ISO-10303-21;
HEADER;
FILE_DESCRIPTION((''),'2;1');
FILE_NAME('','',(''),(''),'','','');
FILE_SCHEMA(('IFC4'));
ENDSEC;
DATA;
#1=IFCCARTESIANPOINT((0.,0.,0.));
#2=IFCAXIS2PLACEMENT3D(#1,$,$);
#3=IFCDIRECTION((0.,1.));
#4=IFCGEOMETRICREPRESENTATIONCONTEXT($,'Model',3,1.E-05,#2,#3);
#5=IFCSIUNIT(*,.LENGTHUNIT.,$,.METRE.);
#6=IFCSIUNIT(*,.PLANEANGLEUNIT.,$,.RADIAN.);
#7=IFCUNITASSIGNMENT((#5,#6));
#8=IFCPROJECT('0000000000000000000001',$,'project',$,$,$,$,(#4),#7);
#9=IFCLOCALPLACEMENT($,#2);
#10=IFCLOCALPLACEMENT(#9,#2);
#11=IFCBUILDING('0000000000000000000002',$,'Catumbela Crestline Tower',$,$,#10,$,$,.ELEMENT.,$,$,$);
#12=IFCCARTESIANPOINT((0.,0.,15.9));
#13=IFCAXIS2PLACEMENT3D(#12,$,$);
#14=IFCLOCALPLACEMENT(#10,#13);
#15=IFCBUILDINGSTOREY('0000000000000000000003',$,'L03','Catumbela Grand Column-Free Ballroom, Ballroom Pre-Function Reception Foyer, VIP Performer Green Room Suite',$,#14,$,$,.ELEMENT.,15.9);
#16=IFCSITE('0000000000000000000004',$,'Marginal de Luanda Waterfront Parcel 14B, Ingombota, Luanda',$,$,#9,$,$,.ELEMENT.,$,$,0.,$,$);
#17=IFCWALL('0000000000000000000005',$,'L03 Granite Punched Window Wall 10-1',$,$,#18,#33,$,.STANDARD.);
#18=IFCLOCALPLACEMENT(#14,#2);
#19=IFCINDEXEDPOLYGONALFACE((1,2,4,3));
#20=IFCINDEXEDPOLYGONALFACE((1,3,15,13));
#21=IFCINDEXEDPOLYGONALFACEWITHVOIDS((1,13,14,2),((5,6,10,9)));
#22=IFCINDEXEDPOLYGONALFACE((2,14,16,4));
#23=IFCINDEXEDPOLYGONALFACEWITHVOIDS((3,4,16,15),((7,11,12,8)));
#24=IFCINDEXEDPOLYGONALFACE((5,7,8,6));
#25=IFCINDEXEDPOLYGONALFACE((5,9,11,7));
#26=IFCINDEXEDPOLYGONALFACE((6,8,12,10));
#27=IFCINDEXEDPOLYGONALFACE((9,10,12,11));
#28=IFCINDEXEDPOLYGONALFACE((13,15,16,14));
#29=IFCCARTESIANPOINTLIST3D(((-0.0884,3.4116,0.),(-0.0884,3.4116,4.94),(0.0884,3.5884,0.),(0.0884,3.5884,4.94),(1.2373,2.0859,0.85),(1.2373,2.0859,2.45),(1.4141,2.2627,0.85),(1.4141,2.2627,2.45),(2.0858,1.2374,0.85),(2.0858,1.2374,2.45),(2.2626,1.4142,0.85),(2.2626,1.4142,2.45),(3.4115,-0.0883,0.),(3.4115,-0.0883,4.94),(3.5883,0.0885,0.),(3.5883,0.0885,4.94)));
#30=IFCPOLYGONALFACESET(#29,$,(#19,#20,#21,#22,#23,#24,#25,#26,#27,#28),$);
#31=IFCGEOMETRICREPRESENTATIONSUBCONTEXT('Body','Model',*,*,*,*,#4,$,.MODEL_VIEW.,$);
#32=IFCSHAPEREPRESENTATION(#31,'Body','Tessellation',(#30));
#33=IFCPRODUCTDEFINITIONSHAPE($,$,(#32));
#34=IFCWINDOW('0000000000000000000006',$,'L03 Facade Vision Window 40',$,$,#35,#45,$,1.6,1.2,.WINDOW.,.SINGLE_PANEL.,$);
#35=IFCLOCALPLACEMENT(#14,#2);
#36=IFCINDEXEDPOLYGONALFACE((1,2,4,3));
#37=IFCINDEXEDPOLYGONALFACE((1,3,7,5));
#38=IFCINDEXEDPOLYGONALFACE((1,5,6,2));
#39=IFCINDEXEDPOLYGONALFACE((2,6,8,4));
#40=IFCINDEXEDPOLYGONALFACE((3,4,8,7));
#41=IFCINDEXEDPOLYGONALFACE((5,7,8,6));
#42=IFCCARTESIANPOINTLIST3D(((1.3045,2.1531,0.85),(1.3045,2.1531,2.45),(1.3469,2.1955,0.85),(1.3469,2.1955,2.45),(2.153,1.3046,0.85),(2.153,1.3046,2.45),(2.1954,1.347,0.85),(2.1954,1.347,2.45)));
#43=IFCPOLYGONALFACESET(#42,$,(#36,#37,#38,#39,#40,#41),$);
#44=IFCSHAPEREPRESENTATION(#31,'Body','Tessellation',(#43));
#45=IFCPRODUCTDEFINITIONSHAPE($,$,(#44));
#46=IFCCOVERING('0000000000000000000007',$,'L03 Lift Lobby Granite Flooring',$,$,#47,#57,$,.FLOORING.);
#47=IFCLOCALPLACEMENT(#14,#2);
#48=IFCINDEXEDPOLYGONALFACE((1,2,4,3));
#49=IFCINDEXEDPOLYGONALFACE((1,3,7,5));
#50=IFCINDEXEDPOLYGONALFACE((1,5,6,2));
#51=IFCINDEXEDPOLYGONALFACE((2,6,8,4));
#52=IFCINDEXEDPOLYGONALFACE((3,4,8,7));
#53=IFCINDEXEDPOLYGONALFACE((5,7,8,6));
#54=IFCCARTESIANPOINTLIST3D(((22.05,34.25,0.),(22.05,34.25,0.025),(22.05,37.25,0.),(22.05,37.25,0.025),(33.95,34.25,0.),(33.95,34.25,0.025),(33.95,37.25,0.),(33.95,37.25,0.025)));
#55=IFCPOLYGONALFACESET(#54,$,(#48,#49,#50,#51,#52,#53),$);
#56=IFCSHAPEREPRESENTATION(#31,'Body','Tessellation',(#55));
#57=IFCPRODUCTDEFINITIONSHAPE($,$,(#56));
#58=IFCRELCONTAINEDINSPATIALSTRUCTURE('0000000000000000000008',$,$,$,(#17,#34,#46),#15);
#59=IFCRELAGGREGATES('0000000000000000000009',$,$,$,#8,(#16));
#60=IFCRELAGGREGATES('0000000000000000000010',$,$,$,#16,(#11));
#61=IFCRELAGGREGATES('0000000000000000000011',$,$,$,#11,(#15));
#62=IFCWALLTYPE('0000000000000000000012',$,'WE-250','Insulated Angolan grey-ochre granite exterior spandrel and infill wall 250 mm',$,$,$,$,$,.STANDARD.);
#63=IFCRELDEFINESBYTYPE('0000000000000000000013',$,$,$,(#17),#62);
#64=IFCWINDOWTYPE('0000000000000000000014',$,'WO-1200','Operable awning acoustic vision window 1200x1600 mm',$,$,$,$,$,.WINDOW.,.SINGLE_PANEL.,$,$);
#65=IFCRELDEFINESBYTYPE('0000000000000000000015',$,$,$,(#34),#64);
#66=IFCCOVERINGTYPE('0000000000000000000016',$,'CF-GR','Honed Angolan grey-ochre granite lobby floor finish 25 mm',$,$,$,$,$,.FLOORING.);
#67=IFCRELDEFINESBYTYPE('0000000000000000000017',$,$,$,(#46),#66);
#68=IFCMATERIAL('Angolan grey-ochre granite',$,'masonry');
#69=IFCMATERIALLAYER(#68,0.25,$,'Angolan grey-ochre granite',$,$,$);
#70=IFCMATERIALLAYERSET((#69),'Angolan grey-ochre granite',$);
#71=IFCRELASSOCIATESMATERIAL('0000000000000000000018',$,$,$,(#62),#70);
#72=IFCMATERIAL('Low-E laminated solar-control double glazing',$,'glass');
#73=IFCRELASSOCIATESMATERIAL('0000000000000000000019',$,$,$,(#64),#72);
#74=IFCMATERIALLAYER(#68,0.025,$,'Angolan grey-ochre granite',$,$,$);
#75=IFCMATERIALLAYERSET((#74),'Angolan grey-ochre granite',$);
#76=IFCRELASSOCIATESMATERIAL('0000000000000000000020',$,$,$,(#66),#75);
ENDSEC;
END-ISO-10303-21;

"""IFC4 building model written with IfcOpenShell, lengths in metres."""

from ifc_helpers import new_model, si_unit, direction, frame, frame_2d, origin, place, context, subcontext, project, spatial, polyline, rectangle, outline, extrude, material, layer, layer_set, type_object, element, fill, save


model = new_model("IFC4")

# Units and contexts
model_context = context("Model", 3, precision=1e-05, world=origin(), true_north=direction((0.0, 1.0)))
body_context = subcontext(model_context, "Body", "Model", "MODEL_VIEW")
ifc_project = project(units=[si_unit("LENGTHUNIT", "METRE"), si_unit("PLANEANGLEUNIT", "RADIAN")], contexts=[model_context])

# Site, building, storey
site_placement = place(None, origin())
site = spatial("IfcSite", under=ifc_project, at=site_placement, Name="Marginal de Luanda Waterfront Parcel 14B, Ingombota, Luanda", CompositionType="ELEMENT", RefElevation=0.0)
building_placement = place(site_placement, origin())
building = spatial("IfcBuilding", under=site, at=building_placement, Name="Catumbela Crestline Tower", CompositionType="ELEMENT")
storey_placement = place(building_placement, frame((0.0, 0.0, 15.9)))
storey = spatial("IfcBuildingStorey", under=building, at=storey_placement, Name="L03", Description="Catumbela Grand Column-Free Ballroom, Ballroom Pre-Function Reception Foyer, VIP Performer Green Room Suite", CompositionType="ELEMENT", Elevation=15.9)

# Shared definitions
ifc_material_1 = material(Name="Low-E laminated solar-control double glazing", Category="glass")

# Wall, opening, window
ifc_material_2 = material(Name="Angolan grey-ochre granite", Category="masonry")
ifc_layer_1 = layer(ifc_material_2, 0.25, Name="Angolan grey-ochre granite")
ifc_layer_set_1 = layer_set([ifc_layer_1], Name="Angolan grey-ochre granite")
wall_type = type_object("IfcWallType", Name="WE-250", Description="Insulated Angolan grey-ochre granite exterior spandrel and infill wall 250 mm", PredefinedType="STANDARD", material=ifc_layer_set_1)
window_type = type_object("IfcWindowType", Name="WO-1200", Description="Operable awning acoustic vision window 1200x1600 mm", PartitioningType="SINGLE_PANEL", PredefinedType="WINDOW", material=ifc_material_1)
wall_1_placement = place(storey_placement, frame((0.0, 3.5, 0.0), z_axis=(0.0, 0.0, 1.0), x_axis=(0.707107, -0.707107, 0.0)))
wall_1 = element("IfcWall", 1, at=wall_1_placement, inside=storey, type_object=wall_type, Name="L03 Granite Punched Window Wall 10-1", PredefinedType="STANDARD", context=body_context, shape_type="SweptSolid", body=[
    extrude(rectangle(XDim=4.9497, YDim=0.25, at=frame_2d((2.4748, 0.0))), origin(), (0.0, 0.0, 1.0), 4.94),
])
opening_1_placement = place(wall_1_placement, frame((1.8748, 0.0, 0.85)))
opening_1 = element("IfcOpeningElement", 2, at=opening_1_placement, cuts=wall_1, PredefinedType="OPENING", context=body_context, shape_type="SweptSolid", body=[
    extrude(rectangle(XDim=1.2, YDim=1.6, at=frame_2d((0.6, 0.8))), frame((0.0, 0.135, 0.0), z_axis=(0.0, -1.0, 0.0), x_axis=(1.0, 0.0, 0.0)), (0.0, 0.0, 1.0), 0.27),
])
window_1_placement = place(opening_1_placement, origin())
window_1 = element("IfcWindow", 3, at=window_1_placement, inside=storey, type_object=window_type, Name="L03 Facade Vision Window 40", OverallHeight=1.6, OverallWidth=1.2, PartitioningType="SINGLE_PANEL", PredefinedType="WINDOW", context=body_context, shape_type="SweptSolid", body=[
    extrude(rectangle(XDim=1.2, YDim=1.6, at=frame_2d((0.6, 0.8))), frame((0.0, 0.03, 0.0), z_axis=(0.0, -1.0, 0.0), x_axis=(1.0, 0.0, 0.0)), (0.0, 0.0, 1.0), 0.06),
])
fill(opening_1, window_1)

# Covering
ifc_layer_2 = layer(ifc_material_2, 0.025, Name="Angolan grey-ochre granite")
ifc_layer_set_2 = layer_set([ifc_layer_2], Name="Angolan grey-ochre granite")
covering_type = type_object("IfcCoveringType", Name="CF-GR", Description="Honed Angolan grey-ochre granite lobby floor finish 25 mm", PredefinedType="FLOORING", material=ifc_layer_set_2)
covering_placement = place(storey_placement, origin())
element("IfcCovering", 4, at=covering_placement, inside=storey, type_object=covering_type, Name="L03 Lift Lobby Granite Flooring", PredefinedType="FLOORING", context=body_context, shape_type="SweptSolid", body=[
    extrude(outline(polyline([(22.05, 34.25), (33.95, 34.25), (33.95, 37.25), (22.05, 37.25), (22.05, 34.25)])), origin(), (0.0, 0.0, 1.0), 0.025),
])

save(model, "model.ifc")
